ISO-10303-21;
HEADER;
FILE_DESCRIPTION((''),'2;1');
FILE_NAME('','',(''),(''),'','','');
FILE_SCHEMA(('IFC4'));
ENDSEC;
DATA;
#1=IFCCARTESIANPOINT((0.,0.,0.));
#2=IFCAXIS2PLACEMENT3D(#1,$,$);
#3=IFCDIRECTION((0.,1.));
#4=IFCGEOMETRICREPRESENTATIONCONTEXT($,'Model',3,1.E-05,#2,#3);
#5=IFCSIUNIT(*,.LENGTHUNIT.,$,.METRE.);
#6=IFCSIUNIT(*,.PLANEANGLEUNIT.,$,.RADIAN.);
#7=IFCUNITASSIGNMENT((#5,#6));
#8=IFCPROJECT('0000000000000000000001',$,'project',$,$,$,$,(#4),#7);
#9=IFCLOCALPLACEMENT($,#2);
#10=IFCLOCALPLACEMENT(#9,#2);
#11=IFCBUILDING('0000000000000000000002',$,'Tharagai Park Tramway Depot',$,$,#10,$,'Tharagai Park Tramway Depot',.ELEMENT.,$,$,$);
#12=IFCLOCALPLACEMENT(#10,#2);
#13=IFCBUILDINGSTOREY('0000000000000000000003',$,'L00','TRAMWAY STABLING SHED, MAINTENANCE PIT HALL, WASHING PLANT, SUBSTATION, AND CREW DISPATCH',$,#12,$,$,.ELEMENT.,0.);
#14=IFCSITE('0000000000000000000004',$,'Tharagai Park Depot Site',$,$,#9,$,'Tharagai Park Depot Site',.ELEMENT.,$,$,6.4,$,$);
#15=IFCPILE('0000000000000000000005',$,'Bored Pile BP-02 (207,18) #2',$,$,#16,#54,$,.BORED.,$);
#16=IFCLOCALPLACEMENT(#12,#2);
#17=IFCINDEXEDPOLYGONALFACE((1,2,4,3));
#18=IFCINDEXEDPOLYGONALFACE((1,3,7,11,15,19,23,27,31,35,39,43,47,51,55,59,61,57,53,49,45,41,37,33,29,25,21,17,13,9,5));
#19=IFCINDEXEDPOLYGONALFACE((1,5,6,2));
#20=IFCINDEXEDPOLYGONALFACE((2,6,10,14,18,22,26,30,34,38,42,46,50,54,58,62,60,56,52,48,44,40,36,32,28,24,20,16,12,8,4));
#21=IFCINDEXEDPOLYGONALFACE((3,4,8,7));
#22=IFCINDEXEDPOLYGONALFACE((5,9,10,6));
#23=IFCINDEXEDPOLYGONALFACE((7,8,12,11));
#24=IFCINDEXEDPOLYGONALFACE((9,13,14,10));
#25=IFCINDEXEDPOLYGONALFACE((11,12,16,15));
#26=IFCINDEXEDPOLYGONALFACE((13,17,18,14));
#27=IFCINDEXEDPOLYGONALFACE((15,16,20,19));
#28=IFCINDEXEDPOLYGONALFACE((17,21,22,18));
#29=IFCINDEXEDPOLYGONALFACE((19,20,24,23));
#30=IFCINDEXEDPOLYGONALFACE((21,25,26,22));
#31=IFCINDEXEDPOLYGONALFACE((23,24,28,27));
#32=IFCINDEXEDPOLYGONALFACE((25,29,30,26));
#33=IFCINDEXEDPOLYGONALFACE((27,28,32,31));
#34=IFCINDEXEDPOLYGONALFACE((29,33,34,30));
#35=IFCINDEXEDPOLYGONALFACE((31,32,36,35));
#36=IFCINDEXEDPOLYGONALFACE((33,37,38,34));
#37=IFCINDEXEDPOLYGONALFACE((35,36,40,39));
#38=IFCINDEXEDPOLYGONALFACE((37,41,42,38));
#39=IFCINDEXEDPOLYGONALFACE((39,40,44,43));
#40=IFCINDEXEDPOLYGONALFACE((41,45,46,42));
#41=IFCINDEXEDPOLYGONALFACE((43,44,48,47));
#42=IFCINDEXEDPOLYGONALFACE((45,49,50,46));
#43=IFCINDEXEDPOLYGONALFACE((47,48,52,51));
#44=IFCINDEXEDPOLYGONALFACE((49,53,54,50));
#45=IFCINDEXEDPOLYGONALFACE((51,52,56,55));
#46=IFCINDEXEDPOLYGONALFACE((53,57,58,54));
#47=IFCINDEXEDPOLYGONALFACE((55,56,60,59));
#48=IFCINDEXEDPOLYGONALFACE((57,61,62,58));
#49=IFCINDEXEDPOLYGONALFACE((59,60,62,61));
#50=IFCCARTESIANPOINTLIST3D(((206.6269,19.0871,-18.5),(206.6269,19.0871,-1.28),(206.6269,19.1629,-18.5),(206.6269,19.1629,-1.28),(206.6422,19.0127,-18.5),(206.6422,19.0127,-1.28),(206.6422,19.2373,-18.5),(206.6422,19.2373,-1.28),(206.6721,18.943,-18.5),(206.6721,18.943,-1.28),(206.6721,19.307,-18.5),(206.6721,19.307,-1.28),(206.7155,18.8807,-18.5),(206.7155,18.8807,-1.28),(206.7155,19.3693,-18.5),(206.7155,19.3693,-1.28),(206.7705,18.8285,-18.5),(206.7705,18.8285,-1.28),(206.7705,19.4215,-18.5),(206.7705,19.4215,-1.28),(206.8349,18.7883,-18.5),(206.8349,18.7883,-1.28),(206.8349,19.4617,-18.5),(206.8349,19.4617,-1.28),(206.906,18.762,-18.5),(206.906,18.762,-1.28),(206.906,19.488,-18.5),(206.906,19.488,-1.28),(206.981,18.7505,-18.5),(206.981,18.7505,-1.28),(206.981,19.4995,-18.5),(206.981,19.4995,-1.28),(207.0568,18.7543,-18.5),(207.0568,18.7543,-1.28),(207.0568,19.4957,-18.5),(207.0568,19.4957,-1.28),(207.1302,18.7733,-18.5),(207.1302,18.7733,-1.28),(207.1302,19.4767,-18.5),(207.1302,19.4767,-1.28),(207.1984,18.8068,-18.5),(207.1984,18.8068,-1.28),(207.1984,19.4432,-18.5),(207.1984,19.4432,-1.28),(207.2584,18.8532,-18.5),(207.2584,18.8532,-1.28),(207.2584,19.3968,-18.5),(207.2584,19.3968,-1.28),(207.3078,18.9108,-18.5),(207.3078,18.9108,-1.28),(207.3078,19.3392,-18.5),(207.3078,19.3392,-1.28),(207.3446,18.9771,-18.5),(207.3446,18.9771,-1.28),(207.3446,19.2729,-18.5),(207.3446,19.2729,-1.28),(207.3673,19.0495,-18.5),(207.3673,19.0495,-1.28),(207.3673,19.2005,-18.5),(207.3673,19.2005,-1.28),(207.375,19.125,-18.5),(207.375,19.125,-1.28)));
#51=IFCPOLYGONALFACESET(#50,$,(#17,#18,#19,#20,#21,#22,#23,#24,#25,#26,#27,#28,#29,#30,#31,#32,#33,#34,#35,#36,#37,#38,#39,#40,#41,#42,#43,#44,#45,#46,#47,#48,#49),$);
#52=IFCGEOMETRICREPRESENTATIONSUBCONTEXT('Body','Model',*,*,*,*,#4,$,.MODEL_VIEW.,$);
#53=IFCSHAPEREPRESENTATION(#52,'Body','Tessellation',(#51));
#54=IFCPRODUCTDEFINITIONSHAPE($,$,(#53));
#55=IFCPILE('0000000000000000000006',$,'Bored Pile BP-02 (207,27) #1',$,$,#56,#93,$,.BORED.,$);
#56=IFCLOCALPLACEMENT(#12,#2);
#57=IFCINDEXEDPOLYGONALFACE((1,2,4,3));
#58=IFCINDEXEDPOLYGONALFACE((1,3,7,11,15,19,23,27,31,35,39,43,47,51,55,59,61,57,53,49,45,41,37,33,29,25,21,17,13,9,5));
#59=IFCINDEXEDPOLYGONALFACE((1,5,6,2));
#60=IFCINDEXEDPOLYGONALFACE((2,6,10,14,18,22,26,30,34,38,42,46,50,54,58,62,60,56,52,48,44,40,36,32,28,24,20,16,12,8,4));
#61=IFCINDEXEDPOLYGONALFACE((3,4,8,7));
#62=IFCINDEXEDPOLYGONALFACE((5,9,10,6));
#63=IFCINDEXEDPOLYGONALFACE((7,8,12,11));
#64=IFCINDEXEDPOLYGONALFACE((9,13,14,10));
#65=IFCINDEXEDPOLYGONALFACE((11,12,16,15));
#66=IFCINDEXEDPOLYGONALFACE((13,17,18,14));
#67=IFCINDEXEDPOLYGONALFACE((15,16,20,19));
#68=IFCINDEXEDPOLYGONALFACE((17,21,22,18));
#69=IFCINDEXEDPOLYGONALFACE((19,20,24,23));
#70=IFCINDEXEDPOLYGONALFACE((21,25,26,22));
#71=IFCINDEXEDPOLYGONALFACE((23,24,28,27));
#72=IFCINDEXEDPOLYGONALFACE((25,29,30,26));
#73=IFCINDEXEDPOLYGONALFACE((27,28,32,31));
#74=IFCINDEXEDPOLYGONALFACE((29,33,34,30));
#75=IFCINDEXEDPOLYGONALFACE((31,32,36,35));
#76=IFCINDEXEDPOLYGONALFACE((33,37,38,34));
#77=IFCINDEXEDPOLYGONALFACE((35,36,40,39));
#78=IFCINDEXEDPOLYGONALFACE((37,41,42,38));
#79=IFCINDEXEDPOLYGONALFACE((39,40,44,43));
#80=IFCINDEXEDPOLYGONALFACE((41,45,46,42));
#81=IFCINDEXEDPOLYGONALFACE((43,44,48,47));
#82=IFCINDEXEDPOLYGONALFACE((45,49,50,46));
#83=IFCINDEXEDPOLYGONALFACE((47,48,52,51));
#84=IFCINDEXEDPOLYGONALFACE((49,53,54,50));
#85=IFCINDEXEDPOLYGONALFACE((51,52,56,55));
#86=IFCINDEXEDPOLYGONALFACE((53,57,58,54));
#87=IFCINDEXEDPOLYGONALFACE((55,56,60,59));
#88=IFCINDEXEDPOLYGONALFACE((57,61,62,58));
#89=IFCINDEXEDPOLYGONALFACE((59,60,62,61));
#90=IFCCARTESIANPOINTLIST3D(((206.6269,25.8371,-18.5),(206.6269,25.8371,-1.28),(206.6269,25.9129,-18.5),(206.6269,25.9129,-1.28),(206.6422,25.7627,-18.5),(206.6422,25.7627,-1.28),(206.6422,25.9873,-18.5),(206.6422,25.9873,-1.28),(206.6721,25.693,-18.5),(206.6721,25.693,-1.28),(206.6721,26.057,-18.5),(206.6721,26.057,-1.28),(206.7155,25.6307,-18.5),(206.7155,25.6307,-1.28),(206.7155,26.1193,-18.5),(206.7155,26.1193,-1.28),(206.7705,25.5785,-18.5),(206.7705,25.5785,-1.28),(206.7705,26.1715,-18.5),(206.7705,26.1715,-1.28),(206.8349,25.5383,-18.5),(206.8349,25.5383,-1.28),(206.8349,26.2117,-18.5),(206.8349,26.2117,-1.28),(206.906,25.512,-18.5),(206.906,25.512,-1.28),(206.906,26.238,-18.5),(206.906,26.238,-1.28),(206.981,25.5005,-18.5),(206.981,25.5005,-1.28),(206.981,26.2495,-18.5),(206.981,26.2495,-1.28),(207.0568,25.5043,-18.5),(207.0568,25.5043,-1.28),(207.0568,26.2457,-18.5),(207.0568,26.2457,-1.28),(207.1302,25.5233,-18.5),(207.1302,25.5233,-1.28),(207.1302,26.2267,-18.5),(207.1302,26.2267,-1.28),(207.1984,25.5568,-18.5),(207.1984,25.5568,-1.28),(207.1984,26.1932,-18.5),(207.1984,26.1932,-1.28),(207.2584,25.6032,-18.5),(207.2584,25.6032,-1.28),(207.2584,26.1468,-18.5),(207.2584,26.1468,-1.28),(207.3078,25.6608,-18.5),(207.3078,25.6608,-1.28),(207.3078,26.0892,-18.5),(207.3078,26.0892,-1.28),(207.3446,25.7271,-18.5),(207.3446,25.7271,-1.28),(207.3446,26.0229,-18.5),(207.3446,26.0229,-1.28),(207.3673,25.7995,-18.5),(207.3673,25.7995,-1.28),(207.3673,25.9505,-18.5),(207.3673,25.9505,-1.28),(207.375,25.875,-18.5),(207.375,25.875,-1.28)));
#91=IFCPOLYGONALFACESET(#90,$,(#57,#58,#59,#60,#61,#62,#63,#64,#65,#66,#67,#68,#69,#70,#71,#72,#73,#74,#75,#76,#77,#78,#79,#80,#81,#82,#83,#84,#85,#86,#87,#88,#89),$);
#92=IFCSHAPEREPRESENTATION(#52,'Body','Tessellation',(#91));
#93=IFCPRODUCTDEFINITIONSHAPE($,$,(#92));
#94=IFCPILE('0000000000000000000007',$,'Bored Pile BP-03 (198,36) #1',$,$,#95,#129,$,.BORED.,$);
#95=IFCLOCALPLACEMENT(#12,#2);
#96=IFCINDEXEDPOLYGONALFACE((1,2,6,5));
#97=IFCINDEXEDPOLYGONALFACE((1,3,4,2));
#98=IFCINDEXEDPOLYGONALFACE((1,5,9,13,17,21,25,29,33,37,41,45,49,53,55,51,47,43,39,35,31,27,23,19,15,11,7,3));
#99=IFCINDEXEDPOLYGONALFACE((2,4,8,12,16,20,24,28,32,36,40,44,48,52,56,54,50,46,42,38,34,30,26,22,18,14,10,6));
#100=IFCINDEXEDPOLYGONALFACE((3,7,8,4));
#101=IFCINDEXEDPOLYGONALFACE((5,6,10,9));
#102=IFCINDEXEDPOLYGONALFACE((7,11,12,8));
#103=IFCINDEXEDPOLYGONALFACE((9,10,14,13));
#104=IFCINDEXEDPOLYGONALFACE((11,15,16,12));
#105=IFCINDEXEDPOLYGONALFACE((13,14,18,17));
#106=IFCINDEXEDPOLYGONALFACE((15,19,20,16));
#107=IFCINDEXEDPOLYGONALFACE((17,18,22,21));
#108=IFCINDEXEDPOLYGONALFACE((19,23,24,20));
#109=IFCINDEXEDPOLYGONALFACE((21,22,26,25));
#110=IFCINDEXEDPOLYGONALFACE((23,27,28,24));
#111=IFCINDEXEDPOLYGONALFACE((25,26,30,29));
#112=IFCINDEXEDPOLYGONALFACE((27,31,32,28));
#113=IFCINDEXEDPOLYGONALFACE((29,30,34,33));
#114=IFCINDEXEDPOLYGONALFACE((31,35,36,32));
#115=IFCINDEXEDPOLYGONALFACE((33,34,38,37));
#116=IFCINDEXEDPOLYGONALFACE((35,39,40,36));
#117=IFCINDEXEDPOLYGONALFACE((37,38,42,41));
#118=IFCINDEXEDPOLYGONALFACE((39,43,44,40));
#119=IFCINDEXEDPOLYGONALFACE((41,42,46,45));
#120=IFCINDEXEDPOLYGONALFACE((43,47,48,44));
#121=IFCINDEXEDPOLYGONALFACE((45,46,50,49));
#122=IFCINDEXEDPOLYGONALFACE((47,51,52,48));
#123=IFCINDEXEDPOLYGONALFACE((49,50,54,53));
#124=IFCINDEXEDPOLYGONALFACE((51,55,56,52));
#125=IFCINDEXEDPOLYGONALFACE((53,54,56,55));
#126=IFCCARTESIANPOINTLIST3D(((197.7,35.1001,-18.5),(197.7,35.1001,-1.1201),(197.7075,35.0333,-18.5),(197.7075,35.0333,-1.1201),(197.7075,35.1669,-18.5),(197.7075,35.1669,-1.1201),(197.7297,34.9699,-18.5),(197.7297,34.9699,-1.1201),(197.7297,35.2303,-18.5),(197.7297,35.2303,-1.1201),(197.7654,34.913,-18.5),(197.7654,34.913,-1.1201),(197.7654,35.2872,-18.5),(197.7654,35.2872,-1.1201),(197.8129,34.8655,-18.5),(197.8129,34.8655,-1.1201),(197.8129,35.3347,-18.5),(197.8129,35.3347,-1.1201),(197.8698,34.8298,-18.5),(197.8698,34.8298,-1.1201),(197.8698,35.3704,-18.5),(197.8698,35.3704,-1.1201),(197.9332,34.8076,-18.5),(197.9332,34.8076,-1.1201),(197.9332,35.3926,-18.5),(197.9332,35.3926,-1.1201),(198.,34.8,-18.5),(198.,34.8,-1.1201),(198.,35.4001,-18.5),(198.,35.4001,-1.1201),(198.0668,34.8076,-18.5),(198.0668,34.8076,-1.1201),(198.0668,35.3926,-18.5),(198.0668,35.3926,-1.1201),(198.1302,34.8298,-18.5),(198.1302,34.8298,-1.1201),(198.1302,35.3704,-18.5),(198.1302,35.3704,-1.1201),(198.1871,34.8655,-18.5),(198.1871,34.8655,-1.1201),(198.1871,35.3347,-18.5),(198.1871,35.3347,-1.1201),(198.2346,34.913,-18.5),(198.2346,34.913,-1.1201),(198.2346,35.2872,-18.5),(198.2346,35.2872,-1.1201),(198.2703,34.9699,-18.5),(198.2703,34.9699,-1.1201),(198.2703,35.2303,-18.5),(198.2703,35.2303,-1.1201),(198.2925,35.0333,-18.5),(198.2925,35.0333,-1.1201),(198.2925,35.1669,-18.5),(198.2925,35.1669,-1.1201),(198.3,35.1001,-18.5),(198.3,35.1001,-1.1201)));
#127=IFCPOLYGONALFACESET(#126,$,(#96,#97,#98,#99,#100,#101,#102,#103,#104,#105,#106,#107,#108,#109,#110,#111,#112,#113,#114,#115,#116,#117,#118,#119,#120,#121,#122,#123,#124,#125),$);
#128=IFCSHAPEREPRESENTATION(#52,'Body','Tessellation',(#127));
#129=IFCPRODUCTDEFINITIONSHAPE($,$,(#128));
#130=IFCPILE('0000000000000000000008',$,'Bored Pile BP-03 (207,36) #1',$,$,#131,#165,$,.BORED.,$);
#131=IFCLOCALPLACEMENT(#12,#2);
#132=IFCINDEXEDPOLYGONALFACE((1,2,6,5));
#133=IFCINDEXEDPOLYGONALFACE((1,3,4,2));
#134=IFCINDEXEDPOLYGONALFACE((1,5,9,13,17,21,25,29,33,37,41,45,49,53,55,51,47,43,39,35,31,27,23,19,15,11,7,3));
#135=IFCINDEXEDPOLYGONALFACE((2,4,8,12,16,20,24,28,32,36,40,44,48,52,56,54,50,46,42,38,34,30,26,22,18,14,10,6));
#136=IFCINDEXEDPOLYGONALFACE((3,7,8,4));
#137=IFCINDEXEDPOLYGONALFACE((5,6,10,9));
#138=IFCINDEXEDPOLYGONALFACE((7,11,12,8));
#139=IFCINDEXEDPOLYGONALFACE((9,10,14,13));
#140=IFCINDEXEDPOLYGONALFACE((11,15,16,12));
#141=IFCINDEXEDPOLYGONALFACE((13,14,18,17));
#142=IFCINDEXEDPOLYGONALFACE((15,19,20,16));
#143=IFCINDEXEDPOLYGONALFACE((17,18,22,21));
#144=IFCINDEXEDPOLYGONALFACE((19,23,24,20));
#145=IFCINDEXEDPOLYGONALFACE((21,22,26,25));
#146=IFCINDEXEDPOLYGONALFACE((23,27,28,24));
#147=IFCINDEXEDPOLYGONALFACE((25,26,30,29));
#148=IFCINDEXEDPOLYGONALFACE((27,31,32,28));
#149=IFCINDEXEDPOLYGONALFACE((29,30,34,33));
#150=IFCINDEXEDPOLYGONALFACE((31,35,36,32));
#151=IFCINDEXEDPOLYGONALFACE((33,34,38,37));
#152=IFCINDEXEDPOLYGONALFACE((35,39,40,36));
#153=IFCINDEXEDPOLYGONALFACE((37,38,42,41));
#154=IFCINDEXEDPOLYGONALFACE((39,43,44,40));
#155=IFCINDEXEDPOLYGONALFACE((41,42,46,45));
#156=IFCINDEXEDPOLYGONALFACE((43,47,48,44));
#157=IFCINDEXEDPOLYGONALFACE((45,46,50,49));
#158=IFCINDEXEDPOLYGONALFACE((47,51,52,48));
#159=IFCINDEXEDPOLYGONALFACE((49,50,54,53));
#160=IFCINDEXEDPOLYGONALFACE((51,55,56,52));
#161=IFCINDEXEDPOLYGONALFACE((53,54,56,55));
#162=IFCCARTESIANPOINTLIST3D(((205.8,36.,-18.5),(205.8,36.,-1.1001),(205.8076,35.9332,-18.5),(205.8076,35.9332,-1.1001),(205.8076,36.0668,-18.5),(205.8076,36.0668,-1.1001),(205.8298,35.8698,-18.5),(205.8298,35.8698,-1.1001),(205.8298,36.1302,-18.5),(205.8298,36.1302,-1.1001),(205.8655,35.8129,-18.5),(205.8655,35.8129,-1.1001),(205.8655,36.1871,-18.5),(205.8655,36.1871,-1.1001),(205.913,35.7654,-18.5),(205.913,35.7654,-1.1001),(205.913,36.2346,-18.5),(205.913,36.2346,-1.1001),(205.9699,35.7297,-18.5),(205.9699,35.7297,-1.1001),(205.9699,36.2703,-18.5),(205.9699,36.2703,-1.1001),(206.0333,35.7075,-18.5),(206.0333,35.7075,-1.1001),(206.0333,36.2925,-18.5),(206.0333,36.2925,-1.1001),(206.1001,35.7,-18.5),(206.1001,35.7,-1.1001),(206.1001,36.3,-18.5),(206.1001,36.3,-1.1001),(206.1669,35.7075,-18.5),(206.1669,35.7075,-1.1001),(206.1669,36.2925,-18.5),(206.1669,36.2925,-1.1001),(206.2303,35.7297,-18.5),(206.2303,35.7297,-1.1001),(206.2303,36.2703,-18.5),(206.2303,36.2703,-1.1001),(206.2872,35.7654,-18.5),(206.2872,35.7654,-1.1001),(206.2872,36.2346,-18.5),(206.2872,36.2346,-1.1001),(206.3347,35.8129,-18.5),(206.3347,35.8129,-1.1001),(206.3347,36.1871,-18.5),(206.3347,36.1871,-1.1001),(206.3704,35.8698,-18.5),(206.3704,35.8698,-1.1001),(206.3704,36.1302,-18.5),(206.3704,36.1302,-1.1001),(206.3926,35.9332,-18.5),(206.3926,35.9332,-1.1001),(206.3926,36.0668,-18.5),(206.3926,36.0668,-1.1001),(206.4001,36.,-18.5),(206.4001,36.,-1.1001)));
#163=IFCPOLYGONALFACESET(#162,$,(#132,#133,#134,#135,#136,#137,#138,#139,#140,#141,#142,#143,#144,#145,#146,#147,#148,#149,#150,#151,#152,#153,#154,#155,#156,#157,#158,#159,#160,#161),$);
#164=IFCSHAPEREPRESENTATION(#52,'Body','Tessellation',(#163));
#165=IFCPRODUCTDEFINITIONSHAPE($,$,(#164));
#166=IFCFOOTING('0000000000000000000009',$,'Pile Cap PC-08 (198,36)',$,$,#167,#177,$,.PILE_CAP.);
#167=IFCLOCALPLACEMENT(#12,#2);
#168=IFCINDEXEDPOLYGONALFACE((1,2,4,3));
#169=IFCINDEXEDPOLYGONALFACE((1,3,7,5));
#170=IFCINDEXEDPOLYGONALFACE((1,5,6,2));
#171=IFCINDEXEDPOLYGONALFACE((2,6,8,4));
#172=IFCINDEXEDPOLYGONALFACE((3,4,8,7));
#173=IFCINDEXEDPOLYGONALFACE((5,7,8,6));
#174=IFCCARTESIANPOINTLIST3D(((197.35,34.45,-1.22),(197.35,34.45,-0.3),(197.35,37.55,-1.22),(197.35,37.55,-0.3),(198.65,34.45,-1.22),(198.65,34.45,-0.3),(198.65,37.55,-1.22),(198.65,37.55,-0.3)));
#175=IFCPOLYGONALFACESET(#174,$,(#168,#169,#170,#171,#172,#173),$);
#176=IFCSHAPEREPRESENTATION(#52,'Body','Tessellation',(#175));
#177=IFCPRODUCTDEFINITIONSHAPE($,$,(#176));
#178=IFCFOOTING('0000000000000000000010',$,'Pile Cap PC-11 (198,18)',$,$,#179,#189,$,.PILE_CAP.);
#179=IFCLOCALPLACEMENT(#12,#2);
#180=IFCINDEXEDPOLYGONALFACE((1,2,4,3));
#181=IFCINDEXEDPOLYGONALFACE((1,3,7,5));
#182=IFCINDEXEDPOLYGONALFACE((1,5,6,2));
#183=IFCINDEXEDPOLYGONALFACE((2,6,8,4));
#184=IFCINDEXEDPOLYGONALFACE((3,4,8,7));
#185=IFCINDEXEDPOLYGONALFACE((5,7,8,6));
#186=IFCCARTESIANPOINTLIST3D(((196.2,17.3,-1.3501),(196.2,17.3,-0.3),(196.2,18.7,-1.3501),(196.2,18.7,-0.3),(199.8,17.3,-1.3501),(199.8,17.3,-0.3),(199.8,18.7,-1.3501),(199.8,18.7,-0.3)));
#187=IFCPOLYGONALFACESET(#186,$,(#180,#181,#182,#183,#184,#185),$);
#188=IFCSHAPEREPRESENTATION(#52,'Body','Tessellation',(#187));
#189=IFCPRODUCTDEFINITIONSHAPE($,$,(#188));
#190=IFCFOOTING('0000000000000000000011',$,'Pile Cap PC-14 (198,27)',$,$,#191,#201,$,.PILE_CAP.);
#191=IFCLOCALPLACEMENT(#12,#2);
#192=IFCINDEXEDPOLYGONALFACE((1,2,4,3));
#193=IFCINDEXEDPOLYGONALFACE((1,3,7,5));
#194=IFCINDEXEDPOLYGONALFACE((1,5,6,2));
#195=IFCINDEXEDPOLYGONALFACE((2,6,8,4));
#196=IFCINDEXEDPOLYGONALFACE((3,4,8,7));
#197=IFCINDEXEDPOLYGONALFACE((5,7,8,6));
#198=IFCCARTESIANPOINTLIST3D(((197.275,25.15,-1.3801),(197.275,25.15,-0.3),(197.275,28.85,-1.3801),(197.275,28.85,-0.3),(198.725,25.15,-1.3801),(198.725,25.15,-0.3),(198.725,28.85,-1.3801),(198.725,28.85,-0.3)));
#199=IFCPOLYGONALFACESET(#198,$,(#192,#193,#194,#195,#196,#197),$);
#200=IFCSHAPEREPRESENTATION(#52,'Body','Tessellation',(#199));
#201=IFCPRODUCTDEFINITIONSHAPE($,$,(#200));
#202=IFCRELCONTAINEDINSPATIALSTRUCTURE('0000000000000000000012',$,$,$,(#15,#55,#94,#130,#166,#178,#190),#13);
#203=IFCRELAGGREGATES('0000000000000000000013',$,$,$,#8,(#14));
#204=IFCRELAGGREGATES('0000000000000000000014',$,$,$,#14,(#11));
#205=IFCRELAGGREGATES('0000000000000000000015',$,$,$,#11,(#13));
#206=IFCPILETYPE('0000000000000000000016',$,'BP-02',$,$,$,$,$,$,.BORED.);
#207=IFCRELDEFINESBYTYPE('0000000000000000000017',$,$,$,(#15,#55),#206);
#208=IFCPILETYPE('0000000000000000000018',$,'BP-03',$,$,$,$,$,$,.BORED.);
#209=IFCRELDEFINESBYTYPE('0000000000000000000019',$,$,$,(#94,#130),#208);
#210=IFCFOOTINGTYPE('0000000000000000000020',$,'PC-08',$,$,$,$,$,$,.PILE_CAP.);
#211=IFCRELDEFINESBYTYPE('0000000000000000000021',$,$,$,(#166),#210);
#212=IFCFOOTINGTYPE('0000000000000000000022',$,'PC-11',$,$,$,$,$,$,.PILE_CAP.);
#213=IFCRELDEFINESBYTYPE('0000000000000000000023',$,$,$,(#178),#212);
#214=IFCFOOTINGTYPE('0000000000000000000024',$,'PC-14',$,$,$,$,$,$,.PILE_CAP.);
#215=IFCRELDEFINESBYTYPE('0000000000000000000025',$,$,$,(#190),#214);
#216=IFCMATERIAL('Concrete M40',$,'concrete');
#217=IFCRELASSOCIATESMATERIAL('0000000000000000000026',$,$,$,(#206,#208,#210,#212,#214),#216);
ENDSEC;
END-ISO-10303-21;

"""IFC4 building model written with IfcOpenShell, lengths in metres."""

from ifc_helpers import new_model, si_unit, direction, frame, origin, origin_2d, place, context, subcontext, project, spatial, rectangle, circle, extrude, material, material_profile, profile_set, type_object, element, save


model = new_model("IFC4")

# Units and contexts
model_context = context("Model", 3, precision=1e-05, world=origin(), true_north=direction((0.0, 1.0)))
body_context = subcontext(model_context, "Body", "Model", "MODEL_VIEW")
ifc_project = project(units=[si_unit("LENGTHUNIT", "METRE"), si_unit("PLANEANGLEUNIT", "RADIAN")], contexts=[model_context])

# Site, building, storey
site_placement = place(None, origin())
site = spatial("IfcSite", under=ifc_project, at=site_placement, Name="Tharagai Park Depot Site", LongName="Tharagai Park Depot Site", CompositionType="ELEMENT", RefElevation=6.4)
building_placement = place(site_placement, origin())
building = spatial("IfcBuilding", under=site, at=building_placement, Name="Tharagai Park Tramway Depot", LongName="Tharagai Park Tramway Depot", CompositionType="ELEMENT")
storey_placement = place(building_placement, origin())
storey = spatial("IfcBuildingStorey", under=building, at=storey_placement, Name="L00", Description="TRAMWAY STABLING SHED, MAINTENANCE PIT HALL, WASHING PLANT, SUBSTATION, AND CREW DISPATCH", CompositionType="ELEMENT", Elevation=0.0)

# Piles
ifc_material_1 = material(Name="Concrete M40", Category="concrete")
ifc_material_profile_1 = material_profile(ifc_material_1, circle(Radius=0.375, at=origin_2d()), Name="PILE D750")
ifc_profile_set_1 = profile_set([ifc_material_profile_1], Name="Concrete M40")
pile_type_1 = type_object("IfcPileType", Name="BP-02", PredefinedType="BORED", material=ifc_profile_set_1)
for number, where, z_axis, x_axis, name in (
    (1, (207.0, 19.125, -1.28), (0.0, 0.0, -1.0), (1.0, 0.0, 0.0), "Bored Pile BP-02 (207,18) #2"),
    (2, (207.0, 25.875, -1.28), (0.0, 0.0, -1.0), (1.0, 0.0, 0.0), "Bored Pile BP-02 (207,27) #1"),
):
    element("IfcPile", number, at=place(storey_placement, frame(where, z_axis=z_axis, x_axis=x_axis)), inside=storey, type_object=pile_type_1, Name=name, PredefinedType="BORED", context=body_context, shape_type="SweptSolid", body=[
        extrude(circle(Radius=0.375, at=origin_2d()), origin(), (0.0, 0.0, 1.0), 17.22),
    ])
ifc_material_profile_2 = material_profile(ifc_material_1, circle(Radius=0.3, at=origin_2d()), Name="PILE D600")
ifc_profile_set_2 = profile_set([ifc_material_profile_2], Name="Concrete M40")
pile_type_2 = type_object("IfcPileType", Name="BP-03", PredefinedType="BORED", material=ifc_profile_set_2)
pile_1_placement = place(storey_placement, frame((198.0, 35.1001, -1.1201), z_axis=(0.0, 0.0, -1.0), x_axis=(1.0, 0.0, 0.0)))
element("IfcPile", 3, at=pile_1_placement, inside=storey, type_object=pile_type_2, Name="Bored Pile BP-03 (198,36) #1", PredefinedType="BORED", context=body_context, shape_type="SweptSolid", body=[
    extrude(circle(Radius=0.3, at=origin_2d()), origin(), (0.0, 0.0, 1.0), 17.3799),
])
pile_2_placement = place(storey_placement, frame((206.1001, 36.0, -1.1001), z_axis=(0.0, 0.0, -1.0), x_axis=(1.0, 0.0, 0.0)))
element("IfcPile", 4, at=pile_2_placement, inside=storey, type_object=pile_type_2, Name="Bored Pile BP-03 (207,36) #1", PredefinedType="BORED", context=body_context, shape_type="SweptSolid", body=[
    extrude(circle(Radius=0.3, at=origin_2d()), origin(), (0.0, 0.0, 1.0), 17.3999),
])

# Footings
footing_type_1 = type_object("IfcFootingType", Name="PC-08", PredefinedType="PILE_CAP", material=ifc_material_1)
footing_1_placement = place(storey_placement, frame((198.0, 36.0, -1.22), z_axis=(0.0, 0.0, 1.0), x_axis=(1.0, 0.0, 0.0)))
element("IfcFooting", 5, at=footing_1_placement, inside=storey, type_object=footing_type_1, Name="Pile Cap PC-08 (198,36)", PredefinedType="PILE_CAP", context=body_context, shape_type="SweptSolid", body=[
    extrude(rectangle(XDim=1.3, YDim=3.1001, at=origin_2d()), origin(), (0.0, 0.0, 1.0), 0.9199),
])
footing_type_2 = type_object("IfcFootingType", Name="PC-11", PredefinedType="PILE_CAP", material=ifc_material_1)
footing_2_placement = place(storey_placement, frame((198.0, 18.0, -1.3501), z_axis=(0.0, 0.0, 1.0), x_axis=(1.0, 0.0, 0.0)))
element("IfcFooting", 6, at=footing_2_placement, inside=storey, type_object=footing_type_2, Name="Pile Cap PC-11 (198,18)", PredefinedType="PILE_CAP", context=body_context, shape_type="SweptSolid", body=[
    extrude(rectangle(XDim=3.6001, YDim=1.3999, at=origin_2d()), origin(), (0.0, 0.0, 1.0), 1.05),
])
footing_type_3 = type_object("IfcFootingType", Name="PC-14", PredefinedType="PILE_CAP", material=ifc_material_1)
for number, where, z_axis, x_axis, name in (
    (7, (198.0, 27.0, -1.3801), (0.0, 0.0, 1.0), (1.0, 0.0, 0.0), "Pile Cap PC-14 (198,27)"),
):
    element("IfcFooting", number, at=place(storey_placement, frame(where, z_axis=z_axis, x_axis=x_axis)), inside=storey, type_object=footing_type_3, Name=name, PredefinedType="PILE_CAP", context=body_context, shape_type="SweptSolid", body=[
        extrude(rectangle(XDim=1.45, YDim=3.7, at=origin_2d()), origin(), (0.0, 0.0, 1.0), 1.0801),
    ])

save(model, "model.ifc")
